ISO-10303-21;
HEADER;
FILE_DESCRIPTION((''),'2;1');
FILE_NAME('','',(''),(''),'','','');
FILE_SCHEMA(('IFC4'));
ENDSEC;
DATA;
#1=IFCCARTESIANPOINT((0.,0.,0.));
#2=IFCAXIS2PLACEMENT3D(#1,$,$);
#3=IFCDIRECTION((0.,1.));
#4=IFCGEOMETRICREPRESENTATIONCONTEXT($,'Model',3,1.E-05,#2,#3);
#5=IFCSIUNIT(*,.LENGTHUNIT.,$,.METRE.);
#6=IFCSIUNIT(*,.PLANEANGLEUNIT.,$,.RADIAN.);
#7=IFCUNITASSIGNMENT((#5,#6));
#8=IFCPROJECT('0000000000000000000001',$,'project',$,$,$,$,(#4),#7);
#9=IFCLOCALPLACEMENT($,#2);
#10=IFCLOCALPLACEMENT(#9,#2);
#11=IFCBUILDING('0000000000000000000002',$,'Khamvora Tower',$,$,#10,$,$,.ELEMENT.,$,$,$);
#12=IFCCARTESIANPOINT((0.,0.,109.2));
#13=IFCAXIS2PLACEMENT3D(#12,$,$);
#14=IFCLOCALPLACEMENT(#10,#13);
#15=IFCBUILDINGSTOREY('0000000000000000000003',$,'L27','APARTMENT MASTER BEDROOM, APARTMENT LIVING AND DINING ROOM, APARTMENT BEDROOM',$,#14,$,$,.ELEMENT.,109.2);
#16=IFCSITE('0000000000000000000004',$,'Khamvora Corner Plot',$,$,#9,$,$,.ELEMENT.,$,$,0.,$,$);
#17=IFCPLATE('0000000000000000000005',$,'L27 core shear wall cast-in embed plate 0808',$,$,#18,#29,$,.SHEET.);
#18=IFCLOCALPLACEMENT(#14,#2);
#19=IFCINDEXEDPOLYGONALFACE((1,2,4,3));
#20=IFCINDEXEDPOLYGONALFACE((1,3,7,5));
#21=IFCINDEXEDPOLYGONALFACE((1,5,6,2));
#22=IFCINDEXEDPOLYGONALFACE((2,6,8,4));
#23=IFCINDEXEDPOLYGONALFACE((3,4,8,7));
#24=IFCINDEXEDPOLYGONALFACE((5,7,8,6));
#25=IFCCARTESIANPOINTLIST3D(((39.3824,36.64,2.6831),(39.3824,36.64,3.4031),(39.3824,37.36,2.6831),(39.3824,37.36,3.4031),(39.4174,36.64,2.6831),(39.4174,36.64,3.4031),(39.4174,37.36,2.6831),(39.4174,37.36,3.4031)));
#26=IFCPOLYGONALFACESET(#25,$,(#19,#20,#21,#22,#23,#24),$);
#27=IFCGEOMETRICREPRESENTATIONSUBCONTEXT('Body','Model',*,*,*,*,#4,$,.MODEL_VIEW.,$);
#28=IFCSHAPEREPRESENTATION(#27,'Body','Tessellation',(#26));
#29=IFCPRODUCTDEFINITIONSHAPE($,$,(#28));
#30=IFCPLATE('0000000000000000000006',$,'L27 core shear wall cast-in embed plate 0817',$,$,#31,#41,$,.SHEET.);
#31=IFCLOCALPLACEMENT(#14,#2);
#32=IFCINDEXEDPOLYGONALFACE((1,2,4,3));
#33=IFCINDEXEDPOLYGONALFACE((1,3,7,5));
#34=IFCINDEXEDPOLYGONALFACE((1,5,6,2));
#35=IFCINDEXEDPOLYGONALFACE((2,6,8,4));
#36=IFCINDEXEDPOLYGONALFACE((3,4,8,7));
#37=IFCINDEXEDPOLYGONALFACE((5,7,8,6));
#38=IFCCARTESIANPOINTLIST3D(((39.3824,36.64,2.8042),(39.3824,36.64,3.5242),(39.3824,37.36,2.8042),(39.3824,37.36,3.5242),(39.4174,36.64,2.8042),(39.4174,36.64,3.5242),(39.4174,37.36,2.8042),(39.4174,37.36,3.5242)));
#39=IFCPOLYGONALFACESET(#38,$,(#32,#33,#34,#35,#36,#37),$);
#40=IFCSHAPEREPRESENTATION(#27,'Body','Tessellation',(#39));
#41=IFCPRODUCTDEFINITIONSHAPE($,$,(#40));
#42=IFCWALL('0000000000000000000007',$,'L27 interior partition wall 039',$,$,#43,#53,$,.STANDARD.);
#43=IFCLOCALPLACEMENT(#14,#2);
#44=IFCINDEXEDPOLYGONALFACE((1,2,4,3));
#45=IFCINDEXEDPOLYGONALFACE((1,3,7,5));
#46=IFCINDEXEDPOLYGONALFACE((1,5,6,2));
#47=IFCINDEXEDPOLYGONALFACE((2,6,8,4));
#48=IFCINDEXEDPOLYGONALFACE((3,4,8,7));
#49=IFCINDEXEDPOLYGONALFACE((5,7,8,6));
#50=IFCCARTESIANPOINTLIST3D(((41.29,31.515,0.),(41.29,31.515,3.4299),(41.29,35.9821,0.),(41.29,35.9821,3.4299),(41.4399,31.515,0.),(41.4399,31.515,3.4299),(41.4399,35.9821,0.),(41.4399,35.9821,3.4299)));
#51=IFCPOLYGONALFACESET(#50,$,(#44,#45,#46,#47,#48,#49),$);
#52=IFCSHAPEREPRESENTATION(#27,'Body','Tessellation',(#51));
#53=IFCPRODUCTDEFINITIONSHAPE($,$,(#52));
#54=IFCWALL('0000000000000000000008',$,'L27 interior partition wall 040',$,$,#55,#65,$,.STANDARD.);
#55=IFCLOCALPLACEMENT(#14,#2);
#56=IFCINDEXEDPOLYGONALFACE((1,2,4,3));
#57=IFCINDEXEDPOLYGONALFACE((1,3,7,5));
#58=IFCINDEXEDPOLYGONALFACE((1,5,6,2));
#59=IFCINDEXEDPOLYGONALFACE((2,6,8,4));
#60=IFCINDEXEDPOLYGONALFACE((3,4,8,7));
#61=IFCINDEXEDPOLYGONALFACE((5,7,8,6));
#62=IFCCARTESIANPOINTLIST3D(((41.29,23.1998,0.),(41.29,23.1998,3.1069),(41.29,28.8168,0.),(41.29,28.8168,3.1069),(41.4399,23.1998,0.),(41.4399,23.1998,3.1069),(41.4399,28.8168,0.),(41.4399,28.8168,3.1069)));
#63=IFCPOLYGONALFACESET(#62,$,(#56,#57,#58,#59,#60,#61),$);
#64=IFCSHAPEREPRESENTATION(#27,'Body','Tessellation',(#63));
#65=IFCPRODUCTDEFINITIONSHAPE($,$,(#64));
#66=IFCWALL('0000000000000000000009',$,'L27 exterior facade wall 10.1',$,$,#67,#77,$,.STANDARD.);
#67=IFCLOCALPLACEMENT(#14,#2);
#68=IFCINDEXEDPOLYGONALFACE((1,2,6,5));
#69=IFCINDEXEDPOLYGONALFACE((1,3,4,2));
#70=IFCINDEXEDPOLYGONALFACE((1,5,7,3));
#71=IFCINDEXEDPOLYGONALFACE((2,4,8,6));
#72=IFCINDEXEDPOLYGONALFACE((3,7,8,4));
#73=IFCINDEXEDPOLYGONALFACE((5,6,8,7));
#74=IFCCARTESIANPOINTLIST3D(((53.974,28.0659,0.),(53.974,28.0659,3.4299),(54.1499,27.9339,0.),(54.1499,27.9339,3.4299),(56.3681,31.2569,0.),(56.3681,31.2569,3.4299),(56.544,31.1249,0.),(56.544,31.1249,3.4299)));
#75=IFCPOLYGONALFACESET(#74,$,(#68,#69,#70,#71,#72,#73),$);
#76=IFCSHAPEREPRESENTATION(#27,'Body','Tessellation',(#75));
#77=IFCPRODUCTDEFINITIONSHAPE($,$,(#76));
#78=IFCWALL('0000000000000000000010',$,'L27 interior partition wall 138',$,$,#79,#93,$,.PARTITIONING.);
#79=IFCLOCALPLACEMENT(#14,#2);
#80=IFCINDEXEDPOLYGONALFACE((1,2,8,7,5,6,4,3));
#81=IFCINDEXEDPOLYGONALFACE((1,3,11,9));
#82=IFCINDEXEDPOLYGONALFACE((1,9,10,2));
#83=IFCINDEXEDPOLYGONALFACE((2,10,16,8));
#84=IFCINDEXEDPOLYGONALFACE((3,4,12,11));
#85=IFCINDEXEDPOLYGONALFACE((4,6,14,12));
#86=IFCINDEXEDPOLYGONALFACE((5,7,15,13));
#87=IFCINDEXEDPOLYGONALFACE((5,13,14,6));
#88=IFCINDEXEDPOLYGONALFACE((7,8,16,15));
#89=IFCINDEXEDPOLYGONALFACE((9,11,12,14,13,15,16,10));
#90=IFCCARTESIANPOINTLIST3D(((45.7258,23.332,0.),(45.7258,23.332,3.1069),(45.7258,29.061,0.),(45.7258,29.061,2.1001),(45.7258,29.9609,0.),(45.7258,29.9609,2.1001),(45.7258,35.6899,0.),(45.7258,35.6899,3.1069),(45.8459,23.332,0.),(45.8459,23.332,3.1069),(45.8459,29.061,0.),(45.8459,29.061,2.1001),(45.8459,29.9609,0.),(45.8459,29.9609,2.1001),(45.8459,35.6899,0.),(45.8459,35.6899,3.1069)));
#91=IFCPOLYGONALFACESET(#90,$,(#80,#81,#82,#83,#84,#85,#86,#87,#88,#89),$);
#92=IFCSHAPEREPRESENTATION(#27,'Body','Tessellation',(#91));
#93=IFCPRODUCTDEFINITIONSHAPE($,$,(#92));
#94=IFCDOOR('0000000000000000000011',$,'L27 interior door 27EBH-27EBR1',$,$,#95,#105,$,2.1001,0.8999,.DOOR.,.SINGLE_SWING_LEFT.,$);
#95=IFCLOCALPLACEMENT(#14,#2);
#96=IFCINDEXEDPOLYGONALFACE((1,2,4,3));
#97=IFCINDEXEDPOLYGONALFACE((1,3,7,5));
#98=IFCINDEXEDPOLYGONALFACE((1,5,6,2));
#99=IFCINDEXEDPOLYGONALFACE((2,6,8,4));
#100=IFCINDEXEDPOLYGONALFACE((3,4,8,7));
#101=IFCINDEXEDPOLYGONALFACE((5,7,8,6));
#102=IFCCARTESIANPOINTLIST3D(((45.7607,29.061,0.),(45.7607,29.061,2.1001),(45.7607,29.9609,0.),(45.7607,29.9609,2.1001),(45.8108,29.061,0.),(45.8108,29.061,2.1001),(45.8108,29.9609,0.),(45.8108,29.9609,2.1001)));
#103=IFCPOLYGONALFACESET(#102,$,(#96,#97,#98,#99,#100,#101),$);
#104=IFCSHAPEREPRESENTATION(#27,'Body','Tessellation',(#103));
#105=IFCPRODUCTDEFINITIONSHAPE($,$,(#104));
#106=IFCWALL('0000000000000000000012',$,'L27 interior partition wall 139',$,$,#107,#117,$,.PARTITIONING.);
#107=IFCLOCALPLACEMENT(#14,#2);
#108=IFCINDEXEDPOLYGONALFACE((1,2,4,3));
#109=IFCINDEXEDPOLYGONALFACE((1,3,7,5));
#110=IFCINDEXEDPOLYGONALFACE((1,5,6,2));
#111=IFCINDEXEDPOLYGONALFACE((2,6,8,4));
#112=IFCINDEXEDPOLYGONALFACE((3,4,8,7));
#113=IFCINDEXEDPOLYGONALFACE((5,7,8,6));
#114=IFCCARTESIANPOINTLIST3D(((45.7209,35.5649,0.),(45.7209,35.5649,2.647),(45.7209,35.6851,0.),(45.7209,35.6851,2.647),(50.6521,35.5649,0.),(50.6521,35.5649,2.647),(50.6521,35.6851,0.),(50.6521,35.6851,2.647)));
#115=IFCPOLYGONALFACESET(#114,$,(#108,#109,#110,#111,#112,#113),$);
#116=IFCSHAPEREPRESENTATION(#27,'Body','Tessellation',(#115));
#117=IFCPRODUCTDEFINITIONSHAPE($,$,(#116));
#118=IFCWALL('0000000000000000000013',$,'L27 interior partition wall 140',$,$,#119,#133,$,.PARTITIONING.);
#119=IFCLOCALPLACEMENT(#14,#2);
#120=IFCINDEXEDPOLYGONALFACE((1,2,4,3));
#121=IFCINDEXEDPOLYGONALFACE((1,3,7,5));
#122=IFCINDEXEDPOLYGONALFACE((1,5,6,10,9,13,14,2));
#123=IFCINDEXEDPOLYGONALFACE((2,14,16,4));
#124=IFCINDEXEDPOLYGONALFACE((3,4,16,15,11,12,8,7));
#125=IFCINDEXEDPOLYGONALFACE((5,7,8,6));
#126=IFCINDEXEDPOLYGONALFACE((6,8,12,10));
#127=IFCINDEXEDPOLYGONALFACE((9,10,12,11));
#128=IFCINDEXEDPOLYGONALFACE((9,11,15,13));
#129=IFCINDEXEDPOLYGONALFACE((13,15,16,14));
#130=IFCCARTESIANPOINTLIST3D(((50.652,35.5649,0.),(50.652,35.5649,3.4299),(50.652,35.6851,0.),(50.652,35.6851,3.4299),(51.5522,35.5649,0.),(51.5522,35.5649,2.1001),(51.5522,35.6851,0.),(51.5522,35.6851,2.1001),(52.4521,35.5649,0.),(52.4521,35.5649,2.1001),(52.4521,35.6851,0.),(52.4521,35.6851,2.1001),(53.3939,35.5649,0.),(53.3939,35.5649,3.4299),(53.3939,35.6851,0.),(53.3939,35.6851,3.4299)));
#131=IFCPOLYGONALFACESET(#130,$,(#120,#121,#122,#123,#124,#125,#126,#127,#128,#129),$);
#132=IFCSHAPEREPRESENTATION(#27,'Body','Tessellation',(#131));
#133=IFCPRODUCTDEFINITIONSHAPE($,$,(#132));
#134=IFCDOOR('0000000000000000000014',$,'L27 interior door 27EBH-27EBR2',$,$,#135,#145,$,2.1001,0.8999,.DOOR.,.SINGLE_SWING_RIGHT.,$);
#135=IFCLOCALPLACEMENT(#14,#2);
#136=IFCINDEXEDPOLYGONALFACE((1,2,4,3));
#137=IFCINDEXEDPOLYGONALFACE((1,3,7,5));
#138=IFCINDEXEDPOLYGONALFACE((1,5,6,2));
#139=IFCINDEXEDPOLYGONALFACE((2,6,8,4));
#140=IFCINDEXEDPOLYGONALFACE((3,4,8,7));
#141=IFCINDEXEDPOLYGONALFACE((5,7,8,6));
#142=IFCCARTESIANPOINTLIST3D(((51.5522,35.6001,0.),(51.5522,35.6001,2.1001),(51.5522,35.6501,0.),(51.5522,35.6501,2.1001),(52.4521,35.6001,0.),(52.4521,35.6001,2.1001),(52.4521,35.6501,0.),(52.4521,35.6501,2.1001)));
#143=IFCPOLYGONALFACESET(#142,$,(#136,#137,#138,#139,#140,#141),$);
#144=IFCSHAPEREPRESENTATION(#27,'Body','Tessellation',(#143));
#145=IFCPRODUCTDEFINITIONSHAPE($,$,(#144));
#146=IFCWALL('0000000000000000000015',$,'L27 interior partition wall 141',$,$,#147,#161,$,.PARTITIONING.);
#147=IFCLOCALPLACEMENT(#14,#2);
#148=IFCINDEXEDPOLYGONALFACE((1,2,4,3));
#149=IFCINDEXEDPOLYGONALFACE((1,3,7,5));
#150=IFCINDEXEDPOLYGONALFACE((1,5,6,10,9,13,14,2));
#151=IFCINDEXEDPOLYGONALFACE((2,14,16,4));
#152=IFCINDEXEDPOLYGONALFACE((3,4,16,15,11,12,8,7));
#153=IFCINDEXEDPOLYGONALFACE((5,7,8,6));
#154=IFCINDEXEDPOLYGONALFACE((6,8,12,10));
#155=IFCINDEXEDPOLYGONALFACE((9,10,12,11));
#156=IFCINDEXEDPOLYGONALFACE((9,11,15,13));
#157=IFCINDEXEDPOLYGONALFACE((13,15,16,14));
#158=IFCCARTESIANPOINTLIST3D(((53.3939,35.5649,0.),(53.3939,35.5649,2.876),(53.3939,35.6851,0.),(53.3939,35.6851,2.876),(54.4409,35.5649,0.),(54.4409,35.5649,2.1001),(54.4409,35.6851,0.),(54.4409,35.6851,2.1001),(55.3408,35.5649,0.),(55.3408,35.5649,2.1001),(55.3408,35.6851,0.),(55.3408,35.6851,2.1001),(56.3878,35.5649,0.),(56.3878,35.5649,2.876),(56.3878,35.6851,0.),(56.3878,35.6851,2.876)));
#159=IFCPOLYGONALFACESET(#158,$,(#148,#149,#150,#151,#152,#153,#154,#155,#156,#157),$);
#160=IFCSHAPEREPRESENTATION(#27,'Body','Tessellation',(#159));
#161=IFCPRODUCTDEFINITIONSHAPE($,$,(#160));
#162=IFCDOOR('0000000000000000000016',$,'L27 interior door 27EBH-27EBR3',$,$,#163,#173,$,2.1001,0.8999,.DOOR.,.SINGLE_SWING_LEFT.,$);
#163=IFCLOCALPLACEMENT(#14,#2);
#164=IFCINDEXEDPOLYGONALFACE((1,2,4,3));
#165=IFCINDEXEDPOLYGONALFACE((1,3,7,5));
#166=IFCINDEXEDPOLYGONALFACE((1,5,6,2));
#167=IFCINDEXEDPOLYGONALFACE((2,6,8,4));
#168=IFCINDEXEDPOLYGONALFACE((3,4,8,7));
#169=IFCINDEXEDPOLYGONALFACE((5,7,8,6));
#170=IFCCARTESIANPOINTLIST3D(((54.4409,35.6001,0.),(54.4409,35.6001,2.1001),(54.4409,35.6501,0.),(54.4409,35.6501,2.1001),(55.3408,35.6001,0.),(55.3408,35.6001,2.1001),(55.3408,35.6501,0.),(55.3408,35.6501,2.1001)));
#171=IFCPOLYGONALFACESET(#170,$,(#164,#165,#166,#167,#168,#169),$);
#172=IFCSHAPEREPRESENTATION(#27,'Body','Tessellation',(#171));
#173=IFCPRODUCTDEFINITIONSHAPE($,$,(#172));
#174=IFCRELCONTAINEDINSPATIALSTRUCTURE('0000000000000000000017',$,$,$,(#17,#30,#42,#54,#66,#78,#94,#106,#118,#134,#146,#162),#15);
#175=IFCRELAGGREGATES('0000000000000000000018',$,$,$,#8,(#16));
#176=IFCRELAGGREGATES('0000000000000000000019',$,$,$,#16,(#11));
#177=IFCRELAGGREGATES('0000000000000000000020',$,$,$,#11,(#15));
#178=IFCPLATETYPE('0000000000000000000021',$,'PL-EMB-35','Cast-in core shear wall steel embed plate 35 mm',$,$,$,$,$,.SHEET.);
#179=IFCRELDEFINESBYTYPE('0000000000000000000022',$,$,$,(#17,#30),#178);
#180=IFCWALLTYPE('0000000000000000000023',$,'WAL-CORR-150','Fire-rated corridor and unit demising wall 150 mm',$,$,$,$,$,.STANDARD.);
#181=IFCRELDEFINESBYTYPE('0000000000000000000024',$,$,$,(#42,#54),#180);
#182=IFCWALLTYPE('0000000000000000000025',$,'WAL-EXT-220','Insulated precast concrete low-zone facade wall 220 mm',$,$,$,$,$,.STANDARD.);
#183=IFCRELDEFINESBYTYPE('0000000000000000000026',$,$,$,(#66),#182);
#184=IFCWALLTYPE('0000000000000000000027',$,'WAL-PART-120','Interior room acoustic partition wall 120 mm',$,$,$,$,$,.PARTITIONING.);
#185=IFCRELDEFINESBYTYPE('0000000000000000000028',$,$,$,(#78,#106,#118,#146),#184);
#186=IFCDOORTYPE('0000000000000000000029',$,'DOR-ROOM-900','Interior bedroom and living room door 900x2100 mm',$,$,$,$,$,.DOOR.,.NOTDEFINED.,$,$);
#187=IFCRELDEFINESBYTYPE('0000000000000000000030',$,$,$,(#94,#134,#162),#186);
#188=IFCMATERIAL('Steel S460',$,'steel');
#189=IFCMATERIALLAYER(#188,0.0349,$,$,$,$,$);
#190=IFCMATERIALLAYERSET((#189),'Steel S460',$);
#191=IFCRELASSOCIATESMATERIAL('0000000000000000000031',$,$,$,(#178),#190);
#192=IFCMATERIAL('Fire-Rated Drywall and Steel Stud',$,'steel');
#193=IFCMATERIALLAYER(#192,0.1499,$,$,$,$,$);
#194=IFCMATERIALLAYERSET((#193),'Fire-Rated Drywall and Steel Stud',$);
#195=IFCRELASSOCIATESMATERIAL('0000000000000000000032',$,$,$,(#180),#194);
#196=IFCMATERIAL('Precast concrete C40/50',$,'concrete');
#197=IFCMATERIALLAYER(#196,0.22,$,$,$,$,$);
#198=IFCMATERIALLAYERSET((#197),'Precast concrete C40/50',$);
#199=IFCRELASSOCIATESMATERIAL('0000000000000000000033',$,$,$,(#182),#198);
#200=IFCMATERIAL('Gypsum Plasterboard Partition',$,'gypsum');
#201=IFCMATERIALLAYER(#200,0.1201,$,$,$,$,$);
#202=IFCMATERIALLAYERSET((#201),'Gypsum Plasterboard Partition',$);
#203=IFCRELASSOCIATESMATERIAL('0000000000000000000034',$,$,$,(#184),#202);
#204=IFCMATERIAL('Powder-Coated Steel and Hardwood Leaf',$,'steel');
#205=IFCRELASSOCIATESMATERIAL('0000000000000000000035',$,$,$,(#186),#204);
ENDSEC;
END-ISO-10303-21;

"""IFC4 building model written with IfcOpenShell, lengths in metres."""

from ifc_helpers import new_model, si_unit, direction, frame, frame_2d, origin, origin_2d, place, context, subcontext, project, spatial, rectangle, extrude, material, layer, layer_set, type_object, element, fill, save


model = new_model("IFC4")

# Units and contexts
model_context = context("Model", 3, precision=1e-05, world=origin(), true_north=direction((0.0, 1.0)))
body_context = subcontext(model_context, "Body", "Model", "MODEL_VIEW")
ifc_project = project(units=[si_unit("LENGTHUNIT", "METRE"), si_unit("PLANEANGLEUNIT", "RADIAN")], contexts=[model_context])

# Site, building, storey
site_placement = place(None, origin())
site = spatial("IfcSite", under=ifc_project, at=site_placement, Name="Khamvora Corner Plot", CompositionType="ELEMENT", RefElevation=0.0)
building_placement = place(site_placement, origin())
building = spatial("IfcBuilding", under=site, at=building_placement, Name="Khamvora Tower", CompositionType="ELEMENT")
storey_placement = place(building_placement, frame((0.0, 0.0, 109.2)))
storey = spatial("IfcBuildingStorey", under=building, at=storey_placement, Name="L27", Description="APARTMENT MASTER BEDROOM, APARTMENT LIVING AND DINING ROOM, APARTMENT BEDROOM", CompositionType="ELEMENT", Elevation=109.2)

# Plates
ifc_material_1 = material(Name="Steel S460", Category="steel")
ifc_layer_1 = layer(ifc_material_1, 0.0349)
ifc_layer_set_1 = layer_set([ifc_layer_1], Name="Steel S460")
plate_type = type_object("IfcPlateType", Name="PL-EMB-35", Description="Cast-in core shear wall steel embed plate 35 mm", PredefinedType="SHEET", material=ifc_layer_set_1)
for number, where, z_axis, x_axis, name in (
    (1, (39.3999, 37.0, 2.6831), (0.0, 0.0, 1.0), (1.0, 0.0, 0.0), "L27 core shear wall cast-in embed plate 0808"),
    (2, (39.3999, 37.0, 2.8042), (0.0, 0.0, 1.0), (1.0, 0.0, 0.0), "L27 core shear wall cast-in embed plate 0817"),
):
    element("IfcPlate", number, at=place(storey_placement, frame(where, z_axis=z_axis, x_axis=x_axis)), inside=storey, type_object=plate_type, Name=name, PredefinedType="SHEET", context=body_context, shape_type="SweptSolid", body=[
        extrude(rectangle(XDim=0.0349, YDim=0.72, at=origin_2d()), origin(), (0.0, 0.0, 1.0), 0.72),
    ])

# Shared definitions
ifc_material_2 = material(Name="Fire-Rated Drywall and Steel Stud", Category="steel")
ifc_layer_2 = layer(ifc_material_2, 0.1499)
ifc_layer_set_2 = layer_set([ifc_layer_2], Name="Fire-Rated Drywall and Steel Stud")
wall_type_1 = type_object("IfcWallType", Name="WAL-CORR-150", Description="Fire-rated corridor and unit demising wall 150 mm", PredefinedType="STANDARD", material=ifc_layer_set_2)
ifc_material_3 = material(Name="Powder-Coated Steel and Hardwood Leaf", Category="steel")

# Walls
wall_1_placement = place(storey_placement, frame((41.365, 35.9819, 0.0), z_axis=(0.0, 0.0, 1.0), x_axis=(0.0, -1.0, 0.0)))
element("IfcWall", 3, at=wall_1_placement, inside=storey, type_object=wall_type_1, Name="L27 interior partition wall 039", PredefinedType="STANDARD", context=body_context, shape_type="SweptSolid", body=[
    extrude(rectangle(XDim=4.467, YDim=0.1499, at=frame_2d((2.2334, 0.0))), origin(), (0.0, 0.0, 1.0), 3.4299),
])
wall_2_placement = place(storey_placement, frame((41.365, 28.8169, 0.0), z_axis=(0.0, 0.0, 1.0), x_axis=(0.0, -1.0, 0.0)))
element("IfcWall", 4, at=wall_2_placement, inside=storey, type_object=wall_type_1, Name="L27 interior partition wall 040", PredefinedType="STANDARD", context=body_context, shape_type="SweptSolid", body=[
    extrude(rectangle(XDim=5.6169, YDim=0.1499, at=frame_2d((2.8086, 0.0))), origin(), (0.0, 0.0, 1.0), 3.1069),
])
ifc_material_4 = material(Name="Precast concrete C40/50", Category="concrete")
ifc_layer_3 = layer(ifc_material_4, 0.22)
ifc_layer_set_3 = layer_set([ifc_layer_3], Name="Precast concrete C40/50")
wall_type_2 = type_object("IfcWallType", Name="WAL-EXT-220", Description="Insulated precast concrete low-zone facade wall 220 mm", PredefinedType="STANDARD", material=ifc_layer_set_3)
wall_3_placement = place(storey_placement, frame((56.4561, 31.1909, 0.0), z_axis=(0.0, 0.0, 1.0), x_axis=(-0.600137, -0.799897, 0.0)))
element("IfcWall", 5, at=wall_3_placement, inside=storey, type_object=wall_type_2, Name="L27 exterior facade wall 10.1", PredefinedType="STANDARD", context=body_context, shape_type="SweptSolid", body=[
    extrude(rectangle(XDim=3.9893, YDim=0.22, at=frame_2d((1.9946, 0.0))), origin(), (0.0, 0.0, 1.0), 3.4299),
])

# Wall, opening, door
ifc_material_5 = material(Name="Gypsum Plasterboard Partition", Category="gypsum")
ifc_layer_4 = layer(ifc_material_5, 0.1201)
ifc_layer_set_4 = layer_set([ifc_layer_4], Name="Gypsum Plasterboard Partition")
wall_type_3 = type_object("IfcWallType", Name="WAL-PART-120", Description="Interior room acoustic partition wall 120 mm", PredefinedType="PARTITIONING", material=ifc_layer_set_4)
wall_4_placement = place(storey_placement, frame((45.7859, 35.6899, 0.0), z_axis=(0.0, 0.0, 1.0), x_axis=(0.0, -1.0, 0.0)))
wall_4 = element("IfcWall", 6, at=wall_4_placement, inside=storey, type_object=wall_type_3, Name="L27 interior partition wall 138", PredefinedType="PARTITIONING", context=body_context, shape_type="SweptSolid", body=[
    extrude(rectangle(XDim=12.3579, YDim=0.1201, at=frame_2d((6.179, 0.0))), origin(), (0.0, 0.0, 1.0), 3.1069),
])
opening_1_placement = place(wall_4_placement, frame((5.729, 0.0, 0.0)))
opening_1 = element("IfcOpeningElement", 7, at=opening_1_placement, cuts=wall_4, PredefinedType="OPENING", context=body_context, shape_type="SweptSolid", body=[
    extrude(rectangle(XDim=0.8999, YDim=2.1001, at=frame_2d((0.45, 1.05))), frame((0.0, 0.0701, 0.0), z_axis=(0.0, -1.0, 0.0), x_axis=(1.0, 0.0, 0.0)), (0.0, 0.0, 1.0), 0.1401),
])
door_type_1 = type_object("IfcDoorType", Name="DOR-ROOM-900", Description="Interior bedroom and living room door 900x2100 mm", OperationType="NOTDEFINED", PredefinedType="DOOR", material=ifc_material_3)
door_1_placement = place(opening_1_placement, origin())
door_1 = element("IfcDoor", 8, at=door_1_placement, inside=storey, type_object=door_type_1, Name="L27 interior door 27EBH-27EBR1", OperationType="SINGLE_SWING_LEFT", OverallHeight=2.1001, OverallWidth=0.8999, PredefinedType="DOOR", context=body_context, shape_type="SweptSolid", body=[
    extrude(rectangle(XDim=0.8999, YDim=2.1001, at=frame_2d((0.45, 1.05))), frame((0.0, 0.0249, 0.0), z_axis=(0.0, -1.0, 0.0), x_axis=(1.0, 0.0, 0.0)), (0.0, 0.0, 1.0), 0.05),
])
fill(opening_1, door_1)

# Wall
wall_5_placement = place(storey_placement, frame((50.6521, 35.625, 0.0), z_axis=(0.0, 0.0, 1.0), x_axis=(-1.0, 0.0, 0.0)))
element("IfcWall", 9, at=wall_5_placement, inside=storey, type_object=wall_type_3, Name="L27 interior partition wall 139", PredefinedType="PARTITIONING", context=body_context, shape_type="SweptSolid", body=[
    extrude(rectangle(XDim=4.9312, YDim=0.1201, at=frame_2d((2.4656, 0.0))), origin(), (0.0, 0.0, 1.0), 2.647),
])

# Walls, openings, doors
wall_6_placement = place(storey_placement, frame((53.394, 35.625, 0.0), z_axis=(0.0, 0.0, 1.0), x_axis=(-1.0, 0.0, 0.0)))
wall_6 = element("IfcWall", 10, at=wall_6_placement, inside=storey, type_object=wall_type_3, Name="L27 interior partition wall 140", PredefinedType="PARTITIONING", context=body_context, shape_type="SweptSolid", body=[
    extrude(rectangle(XDim=2.7419, YDim=0.1201, at=frame_2d((1.3711, 0.0))), origin(), (0.0, 0.0, 1.0), 3.4299),
])
opening_2_placement = place(wall_6_placement, frame((0.9419, 0.0, 0.0)))
opening_2 = element("IfcOpeningElement", 11, at=opening_2_placement, cuts=wall_6, PredefinedType="OPENING", context=body_context, shape_type="SweptSolid", body=[
    extrude(rectangle(XDim=0.8999, YDim=2.1001, at=frame_2d((0.45, 1.05))), frame((0.0, 0.0701, 0.0), z_axis=(0.0, -1.0, 0.0), x_axis=(1.0, 0.0, 0.0)), (0.0, 0.0, 1.0), 0.1401),
])
door_2_placement = place(opening_2_placement, origin())
door_2 = element("IfcDoor", 12, at=door_2_placement, inside=storey, type_object=door_type_1, Name="L27 interior door 27EBH-27EBR2", OperationType="SINGLE_SWING_RIGHT", OverallHeight=2.1001, OverallWidth=0.8999, PredefinedType="DOOR", context=body_context, shape_type="SweptSolid", body=[
    extrude(rectangle(XDim=0.8999, YDim=2.1001, at=frame_2d((0.45, 1.05))), frame((0.0, 0.0249, 0.0), z_axis=(0.0, -1.0, 0.0), x_axis=(1.0, 0.0, 0.0)), (0.0, 0.0, 1.0), 0.05),
])
fill(opening_2, door_2)
wall_7_placement = place(storey_placement, frame((56.3879, 35.625, 0.0), z_axis=(0.0, 0.0, 1.0), x_axis=(-1.0, 0.0, 0.0)))
wall_7 = element("IfcWall", 13, at=wall_7_placement, inside=storey, type_object=wall_type_3, Name="L27 interior partition wall 141", PredefinedType="PARTITIONING", context=body_context, shape_type="SweptSolid", body=[
    extrude(rectangle(XDim=2.9939, YDim=0.1201, at=frame_2d((1.4971, 0.0))), origin(), (0.0, 0.0, 1.0), 2.876),
])
opening_3_placement = place(wall_7_placement, frame((1.0471, 0.0, 0.0)))
opening_3 = element("IfcOpeningElement", 14, at=opening_3_placement, cuts=wall_7, PredefinedType="OPENING", context=body_context, shape_type="SweptSolid", body=[
    extrude(rectangle(XDim=0.8999, YDim=2.1001, at=frame_2d((0.45, 1.05))), frame((0.0, 0.0701, 0.0), z_axis=(0.0, -1.0, 0.0), x_axis=(1.0, 0.0, 0.0)), (0.0, 0.0, 1.0), 0.1401),
])
door_3_placement = place(opening_3_placement, origin())
door_3 = element("IfcDoor", 15, at=door_3_placement, inside=storey, type_object=door_type_1, Name="L27 interior door 27EBH-27EBR3", OperationType="SINGLE_SWING_LEFT", OverallHeight=2.1001, OverallWidth=0.8999, PredefinedType="DOOR", context=body_context, shape_type="SweptSolid", body=[
    extrude(rectangle(XDim=0.8999, YDim=2.1001, at=frame_2d((0.45, 1.05))), frame((0.0, 0.0249, 0.0), z_axis=(0.0, -1.0, 0.0), x_axis=(1.0, 0.0, 0.0)), (0.0, 0.0, 1.0), 0.05),
])
fill(opening_3, door_3)

save(model, "model.ifc")
